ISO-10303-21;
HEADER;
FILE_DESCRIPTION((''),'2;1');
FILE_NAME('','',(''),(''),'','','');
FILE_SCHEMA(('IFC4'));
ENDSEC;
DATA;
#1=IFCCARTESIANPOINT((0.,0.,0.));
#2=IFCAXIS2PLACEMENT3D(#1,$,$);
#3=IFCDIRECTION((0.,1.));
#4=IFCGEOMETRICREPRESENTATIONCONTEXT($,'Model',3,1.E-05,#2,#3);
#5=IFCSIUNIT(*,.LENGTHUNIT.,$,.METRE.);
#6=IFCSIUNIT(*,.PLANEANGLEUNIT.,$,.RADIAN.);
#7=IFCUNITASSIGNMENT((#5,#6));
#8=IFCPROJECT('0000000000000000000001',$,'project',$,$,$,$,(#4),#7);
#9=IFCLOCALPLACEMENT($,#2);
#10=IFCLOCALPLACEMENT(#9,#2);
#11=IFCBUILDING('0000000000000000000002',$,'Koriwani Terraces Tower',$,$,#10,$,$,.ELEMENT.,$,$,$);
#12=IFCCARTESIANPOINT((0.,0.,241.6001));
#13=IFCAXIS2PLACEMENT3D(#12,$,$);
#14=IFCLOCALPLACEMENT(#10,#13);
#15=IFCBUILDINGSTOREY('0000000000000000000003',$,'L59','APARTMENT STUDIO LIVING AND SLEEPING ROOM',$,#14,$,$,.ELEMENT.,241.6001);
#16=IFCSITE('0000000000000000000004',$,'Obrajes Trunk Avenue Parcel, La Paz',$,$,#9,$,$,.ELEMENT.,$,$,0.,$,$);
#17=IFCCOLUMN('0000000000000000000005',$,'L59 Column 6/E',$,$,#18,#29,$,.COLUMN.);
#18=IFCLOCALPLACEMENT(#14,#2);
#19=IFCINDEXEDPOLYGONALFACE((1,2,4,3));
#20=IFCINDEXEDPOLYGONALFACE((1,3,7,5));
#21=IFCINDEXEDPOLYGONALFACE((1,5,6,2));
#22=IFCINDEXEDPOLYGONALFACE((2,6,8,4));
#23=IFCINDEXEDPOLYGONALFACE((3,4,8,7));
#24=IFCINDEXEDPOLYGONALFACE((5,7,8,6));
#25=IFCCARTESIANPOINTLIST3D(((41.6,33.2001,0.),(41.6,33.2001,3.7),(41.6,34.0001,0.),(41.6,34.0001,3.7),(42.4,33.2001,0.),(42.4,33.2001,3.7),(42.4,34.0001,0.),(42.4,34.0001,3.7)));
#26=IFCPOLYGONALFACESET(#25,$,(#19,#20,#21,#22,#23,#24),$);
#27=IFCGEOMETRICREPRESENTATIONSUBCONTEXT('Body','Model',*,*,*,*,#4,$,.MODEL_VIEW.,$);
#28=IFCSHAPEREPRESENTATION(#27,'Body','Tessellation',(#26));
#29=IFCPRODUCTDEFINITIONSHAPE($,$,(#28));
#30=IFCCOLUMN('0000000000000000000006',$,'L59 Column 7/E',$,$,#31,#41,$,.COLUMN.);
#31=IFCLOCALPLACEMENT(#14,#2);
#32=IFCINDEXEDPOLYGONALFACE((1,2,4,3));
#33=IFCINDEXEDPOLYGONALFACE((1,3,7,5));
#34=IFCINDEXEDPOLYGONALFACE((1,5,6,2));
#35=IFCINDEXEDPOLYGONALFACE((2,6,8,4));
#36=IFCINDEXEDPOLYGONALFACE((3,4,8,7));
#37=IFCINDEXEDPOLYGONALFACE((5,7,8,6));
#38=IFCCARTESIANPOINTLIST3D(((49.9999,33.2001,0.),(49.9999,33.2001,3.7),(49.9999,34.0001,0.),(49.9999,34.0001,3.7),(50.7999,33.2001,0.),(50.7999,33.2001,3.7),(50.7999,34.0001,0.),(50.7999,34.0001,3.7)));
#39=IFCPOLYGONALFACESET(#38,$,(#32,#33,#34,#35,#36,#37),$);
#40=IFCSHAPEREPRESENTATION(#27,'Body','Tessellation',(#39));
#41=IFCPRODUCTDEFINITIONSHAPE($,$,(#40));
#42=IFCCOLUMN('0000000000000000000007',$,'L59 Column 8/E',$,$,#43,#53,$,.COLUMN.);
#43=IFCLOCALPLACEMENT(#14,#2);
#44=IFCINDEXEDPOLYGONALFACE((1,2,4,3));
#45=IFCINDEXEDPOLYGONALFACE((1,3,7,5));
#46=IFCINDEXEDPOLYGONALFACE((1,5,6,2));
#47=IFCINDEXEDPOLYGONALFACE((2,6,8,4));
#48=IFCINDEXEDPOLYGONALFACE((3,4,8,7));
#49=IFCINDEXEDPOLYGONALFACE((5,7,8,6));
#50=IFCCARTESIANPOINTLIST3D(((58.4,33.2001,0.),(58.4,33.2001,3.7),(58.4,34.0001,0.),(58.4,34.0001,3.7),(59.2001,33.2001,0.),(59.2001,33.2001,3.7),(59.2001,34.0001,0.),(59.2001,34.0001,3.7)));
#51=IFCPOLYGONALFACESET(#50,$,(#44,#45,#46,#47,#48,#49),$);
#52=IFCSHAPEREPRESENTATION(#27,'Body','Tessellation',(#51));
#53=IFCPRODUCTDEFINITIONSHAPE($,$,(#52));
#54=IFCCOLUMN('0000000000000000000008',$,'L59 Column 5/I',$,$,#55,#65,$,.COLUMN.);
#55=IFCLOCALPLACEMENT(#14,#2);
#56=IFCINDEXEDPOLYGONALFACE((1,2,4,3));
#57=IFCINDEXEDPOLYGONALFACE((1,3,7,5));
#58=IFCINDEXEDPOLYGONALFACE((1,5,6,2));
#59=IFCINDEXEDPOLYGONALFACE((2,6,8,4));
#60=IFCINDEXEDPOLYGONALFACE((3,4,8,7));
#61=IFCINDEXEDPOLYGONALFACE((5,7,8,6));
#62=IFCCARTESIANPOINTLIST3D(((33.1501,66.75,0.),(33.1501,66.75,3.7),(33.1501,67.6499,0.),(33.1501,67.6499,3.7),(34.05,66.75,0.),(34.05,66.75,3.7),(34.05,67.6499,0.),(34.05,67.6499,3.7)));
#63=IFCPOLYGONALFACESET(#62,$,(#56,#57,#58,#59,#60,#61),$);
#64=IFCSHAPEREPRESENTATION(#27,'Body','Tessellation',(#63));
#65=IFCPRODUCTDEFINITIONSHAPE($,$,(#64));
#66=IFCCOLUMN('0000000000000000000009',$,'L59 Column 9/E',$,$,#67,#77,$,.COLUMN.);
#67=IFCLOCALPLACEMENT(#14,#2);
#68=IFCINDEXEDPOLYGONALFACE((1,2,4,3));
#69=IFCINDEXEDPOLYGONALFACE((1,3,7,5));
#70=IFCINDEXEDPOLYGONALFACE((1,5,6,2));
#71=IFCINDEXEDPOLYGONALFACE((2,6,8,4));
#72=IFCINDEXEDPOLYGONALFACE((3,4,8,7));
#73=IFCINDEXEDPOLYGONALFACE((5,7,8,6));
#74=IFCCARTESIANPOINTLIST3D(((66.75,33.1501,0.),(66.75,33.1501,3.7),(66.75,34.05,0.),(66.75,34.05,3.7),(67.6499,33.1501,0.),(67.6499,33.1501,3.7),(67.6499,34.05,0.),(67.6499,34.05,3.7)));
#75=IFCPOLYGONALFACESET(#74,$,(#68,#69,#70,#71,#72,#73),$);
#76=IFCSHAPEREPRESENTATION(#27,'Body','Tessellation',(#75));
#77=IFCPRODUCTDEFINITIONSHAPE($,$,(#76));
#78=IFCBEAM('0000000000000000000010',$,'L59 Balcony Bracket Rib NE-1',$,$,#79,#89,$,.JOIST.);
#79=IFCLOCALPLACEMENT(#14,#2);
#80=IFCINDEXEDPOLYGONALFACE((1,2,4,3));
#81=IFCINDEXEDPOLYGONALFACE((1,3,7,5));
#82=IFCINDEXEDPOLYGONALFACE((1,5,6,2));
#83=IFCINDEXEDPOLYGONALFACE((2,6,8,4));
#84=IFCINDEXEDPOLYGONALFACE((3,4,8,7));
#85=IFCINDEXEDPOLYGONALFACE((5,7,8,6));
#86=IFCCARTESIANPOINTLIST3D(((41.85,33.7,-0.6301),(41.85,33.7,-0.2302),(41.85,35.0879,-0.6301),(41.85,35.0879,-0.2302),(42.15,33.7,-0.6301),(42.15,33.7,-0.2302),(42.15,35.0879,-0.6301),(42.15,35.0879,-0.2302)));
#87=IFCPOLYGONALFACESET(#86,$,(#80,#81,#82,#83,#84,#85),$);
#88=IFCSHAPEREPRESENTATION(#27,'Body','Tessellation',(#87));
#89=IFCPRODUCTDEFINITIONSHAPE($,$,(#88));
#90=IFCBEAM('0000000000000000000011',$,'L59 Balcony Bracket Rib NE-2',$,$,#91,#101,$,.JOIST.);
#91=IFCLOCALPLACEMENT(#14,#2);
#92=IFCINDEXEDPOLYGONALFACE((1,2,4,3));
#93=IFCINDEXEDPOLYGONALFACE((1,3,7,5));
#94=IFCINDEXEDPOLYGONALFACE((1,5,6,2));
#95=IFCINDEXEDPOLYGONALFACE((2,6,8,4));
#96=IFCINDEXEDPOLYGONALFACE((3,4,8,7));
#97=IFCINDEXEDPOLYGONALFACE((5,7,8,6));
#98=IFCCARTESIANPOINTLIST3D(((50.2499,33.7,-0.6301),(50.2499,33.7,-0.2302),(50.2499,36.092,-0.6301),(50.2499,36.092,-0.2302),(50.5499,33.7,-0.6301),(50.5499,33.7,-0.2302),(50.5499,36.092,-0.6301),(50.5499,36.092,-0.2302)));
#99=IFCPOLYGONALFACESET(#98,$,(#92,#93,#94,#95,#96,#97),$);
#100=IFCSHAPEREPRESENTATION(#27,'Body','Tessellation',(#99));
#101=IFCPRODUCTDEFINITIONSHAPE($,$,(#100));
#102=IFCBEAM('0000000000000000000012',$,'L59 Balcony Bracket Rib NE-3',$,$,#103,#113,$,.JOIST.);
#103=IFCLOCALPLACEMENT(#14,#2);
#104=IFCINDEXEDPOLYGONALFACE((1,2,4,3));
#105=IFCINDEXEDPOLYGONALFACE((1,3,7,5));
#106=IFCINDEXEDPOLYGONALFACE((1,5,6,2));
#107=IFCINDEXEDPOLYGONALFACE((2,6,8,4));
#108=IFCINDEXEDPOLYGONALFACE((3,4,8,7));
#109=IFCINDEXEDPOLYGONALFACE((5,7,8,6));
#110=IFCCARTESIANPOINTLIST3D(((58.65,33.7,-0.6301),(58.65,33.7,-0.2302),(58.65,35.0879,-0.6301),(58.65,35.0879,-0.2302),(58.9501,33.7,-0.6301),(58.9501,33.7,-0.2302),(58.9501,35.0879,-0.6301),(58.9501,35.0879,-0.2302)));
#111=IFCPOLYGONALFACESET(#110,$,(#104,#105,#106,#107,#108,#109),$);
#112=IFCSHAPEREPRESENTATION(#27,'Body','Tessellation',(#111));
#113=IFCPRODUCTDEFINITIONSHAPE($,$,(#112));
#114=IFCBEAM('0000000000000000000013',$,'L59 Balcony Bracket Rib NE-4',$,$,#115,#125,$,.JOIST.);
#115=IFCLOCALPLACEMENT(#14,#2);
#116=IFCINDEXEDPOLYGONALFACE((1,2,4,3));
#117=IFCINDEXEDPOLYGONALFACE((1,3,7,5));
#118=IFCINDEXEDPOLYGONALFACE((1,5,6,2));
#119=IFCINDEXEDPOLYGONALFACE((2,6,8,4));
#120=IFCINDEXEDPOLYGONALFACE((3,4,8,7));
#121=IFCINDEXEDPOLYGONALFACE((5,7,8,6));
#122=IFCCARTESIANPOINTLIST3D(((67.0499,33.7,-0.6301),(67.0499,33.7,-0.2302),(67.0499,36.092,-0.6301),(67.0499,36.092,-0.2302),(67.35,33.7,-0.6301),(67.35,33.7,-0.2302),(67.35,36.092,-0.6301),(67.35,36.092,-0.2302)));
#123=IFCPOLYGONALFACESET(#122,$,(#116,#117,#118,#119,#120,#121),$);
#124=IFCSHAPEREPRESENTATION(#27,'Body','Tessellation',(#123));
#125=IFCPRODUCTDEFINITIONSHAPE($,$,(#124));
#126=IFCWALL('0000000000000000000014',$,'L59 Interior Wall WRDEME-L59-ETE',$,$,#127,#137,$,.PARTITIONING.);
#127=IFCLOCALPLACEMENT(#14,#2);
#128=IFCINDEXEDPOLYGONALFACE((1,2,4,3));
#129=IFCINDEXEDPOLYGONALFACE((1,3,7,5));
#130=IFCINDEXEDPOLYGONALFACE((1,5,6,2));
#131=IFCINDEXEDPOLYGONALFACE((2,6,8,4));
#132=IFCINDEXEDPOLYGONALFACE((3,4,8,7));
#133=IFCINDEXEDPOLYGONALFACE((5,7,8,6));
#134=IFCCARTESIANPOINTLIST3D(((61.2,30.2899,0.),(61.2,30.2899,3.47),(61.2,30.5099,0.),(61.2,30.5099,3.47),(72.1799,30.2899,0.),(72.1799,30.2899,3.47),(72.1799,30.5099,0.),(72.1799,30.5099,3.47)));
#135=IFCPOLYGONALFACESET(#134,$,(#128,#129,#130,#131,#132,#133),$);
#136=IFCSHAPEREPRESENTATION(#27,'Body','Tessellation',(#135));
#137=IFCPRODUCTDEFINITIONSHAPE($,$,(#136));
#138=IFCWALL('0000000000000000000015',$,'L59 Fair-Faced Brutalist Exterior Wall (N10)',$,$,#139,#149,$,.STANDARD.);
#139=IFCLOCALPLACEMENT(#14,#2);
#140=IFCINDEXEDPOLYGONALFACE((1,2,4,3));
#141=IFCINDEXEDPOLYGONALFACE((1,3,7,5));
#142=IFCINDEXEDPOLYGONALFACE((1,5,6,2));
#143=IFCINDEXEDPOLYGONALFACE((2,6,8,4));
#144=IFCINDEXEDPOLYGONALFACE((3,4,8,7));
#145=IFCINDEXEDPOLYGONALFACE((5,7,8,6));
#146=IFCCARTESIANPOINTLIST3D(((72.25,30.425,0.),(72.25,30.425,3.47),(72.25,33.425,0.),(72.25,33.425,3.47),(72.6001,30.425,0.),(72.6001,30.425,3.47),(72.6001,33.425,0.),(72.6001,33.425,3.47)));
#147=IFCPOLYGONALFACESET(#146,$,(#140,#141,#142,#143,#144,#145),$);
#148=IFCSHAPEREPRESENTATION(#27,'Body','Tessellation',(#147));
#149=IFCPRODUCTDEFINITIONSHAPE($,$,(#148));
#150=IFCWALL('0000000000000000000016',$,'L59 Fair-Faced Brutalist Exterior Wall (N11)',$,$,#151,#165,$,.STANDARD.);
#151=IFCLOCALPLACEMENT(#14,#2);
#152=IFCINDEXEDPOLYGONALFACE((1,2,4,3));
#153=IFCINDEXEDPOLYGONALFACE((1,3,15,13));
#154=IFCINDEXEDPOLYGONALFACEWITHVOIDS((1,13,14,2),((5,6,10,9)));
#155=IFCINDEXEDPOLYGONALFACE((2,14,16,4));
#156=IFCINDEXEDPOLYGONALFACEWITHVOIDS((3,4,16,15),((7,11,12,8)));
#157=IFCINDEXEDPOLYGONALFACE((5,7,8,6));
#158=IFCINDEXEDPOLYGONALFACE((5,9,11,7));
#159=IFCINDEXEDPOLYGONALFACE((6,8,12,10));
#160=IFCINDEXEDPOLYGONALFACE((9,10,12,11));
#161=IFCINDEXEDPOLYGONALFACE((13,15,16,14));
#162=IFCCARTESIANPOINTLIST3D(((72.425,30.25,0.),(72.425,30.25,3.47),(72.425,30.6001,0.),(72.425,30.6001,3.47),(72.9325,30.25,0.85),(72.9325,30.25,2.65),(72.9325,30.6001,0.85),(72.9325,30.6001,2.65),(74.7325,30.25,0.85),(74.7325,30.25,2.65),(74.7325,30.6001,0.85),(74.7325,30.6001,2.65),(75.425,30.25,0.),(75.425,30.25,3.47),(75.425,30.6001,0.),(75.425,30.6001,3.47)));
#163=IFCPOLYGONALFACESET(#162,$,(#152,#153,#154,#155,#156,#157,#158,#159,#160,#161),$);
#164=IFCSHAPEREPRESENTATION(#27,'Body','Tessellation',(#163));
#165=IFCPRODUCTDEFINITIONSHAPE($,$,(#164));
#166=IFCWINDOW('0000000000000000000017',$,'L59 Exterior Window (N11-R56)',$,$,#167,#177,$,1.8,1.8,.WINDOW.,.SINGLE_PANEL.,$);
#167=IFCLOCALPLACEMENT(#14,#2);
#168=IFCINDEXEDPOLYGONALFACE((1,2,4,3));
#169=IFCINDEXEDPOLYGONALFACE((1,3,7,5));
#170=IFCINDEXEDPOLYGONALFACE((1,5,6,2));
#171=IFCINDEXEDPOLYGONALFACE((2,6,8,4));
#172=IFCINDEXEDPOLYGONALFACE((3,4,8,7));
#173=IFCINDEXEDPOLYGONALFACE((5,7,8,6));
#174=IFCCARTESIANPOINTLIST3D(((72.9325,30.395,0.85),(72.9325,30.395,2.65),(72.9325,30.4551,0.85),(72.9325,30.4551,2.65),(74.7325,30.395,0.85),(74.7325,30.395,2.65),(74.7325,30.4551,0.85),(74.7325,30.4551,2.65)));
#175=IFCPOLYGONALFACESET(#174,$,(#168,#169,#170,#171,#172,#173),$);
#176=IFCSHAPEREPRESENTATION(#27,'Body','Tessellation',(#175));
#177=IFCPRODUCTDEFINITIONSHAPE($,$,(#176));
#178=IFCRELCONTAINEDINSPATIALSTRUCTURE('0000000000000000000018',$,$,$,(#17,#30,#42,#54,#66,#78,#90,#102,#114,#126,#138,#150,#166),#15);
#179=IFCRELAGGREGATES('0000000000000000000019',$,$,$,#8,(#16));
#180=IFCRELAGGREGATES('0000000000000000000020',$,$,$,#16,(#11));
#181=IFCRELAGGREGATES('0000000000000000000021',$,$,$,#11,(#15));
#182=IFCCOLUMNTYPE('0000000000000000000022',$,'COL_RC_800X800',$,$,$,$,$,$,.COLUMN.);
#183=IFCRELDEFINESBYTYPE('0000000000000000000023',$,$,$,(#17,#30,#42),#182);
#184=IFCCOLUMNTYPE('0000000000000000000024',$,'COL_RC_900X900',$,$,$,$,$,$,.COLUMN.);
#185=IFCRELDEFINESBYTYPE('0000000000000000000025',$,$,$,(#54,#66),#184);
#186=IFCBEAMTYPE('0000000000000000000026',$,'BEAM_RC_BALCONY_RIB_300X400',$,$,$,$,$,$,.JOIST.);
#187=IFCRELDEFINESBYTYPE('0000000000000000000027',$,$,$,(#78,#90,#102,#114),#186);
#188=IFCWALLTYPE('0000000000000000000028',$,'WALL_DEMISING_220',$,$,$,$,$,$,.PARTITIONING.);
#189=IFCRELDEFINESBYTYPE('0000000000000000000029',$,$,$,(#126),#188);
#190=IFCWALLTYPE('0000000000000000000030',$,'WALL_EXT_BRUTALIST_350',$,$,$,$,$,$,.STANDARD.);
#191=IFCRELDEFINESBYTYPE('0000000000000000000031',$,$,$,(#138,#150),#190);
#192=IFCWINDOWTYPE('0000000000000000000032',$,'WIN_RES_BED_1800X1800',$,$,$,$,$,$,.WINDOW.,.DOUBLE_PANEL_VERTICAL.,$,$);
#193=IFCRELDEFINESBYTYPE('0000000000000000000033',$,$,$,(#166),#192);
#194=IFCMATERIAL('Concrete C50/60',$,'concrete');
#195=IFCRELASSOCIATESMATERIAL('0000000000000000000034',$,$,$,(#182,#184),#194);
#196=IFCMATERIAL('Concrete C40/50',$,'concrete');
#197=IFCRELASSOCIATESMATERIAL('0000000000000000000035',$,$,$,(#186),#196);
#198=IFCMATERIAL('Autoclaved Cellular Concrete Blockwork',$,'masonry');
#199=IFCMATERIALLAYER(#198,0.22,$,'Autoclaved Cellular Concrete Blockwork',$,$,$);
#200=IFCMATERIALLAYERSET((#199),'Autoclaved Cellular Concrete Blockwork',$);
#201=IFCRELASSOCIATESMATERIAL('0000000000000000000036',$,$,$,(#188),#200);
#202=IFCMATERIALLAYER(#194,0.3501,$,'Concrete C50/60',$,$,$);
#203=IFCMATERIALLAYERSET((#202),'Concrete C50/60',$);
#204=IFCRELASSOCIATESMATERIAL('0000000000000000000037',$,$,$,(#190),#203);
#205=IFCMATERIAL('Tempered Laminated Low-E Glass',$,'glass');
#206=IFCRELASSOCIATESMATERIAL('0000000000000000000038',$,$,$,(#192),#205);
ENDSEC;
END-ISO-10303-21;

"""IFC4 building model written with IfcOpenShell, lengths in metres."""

from ifc_helpers import new_model, si_unit, direction, frame, frame_2d, origin, origin_2d, place, context, subcontext, project, spatial, rectangle, extrude, material, layer, layer_set, material_profile, profile_set, type_object, element, fill, save


model = new_model("IFC4")

# Units and contexts
model_context = context("Model", 3, precision=1e-05, world=origin(), true_north=direction((0.0, 1.0)))
body_context = subcontext(model_context, "Body", "Model", "MODEL_VIEW")
ifc_project = project(units=[si_unit("LENGTHUNIT", "METRE"), si_unit("PLANEANGLEUNIT", "RADIAN")], contexts=[model_context])

# Site, building, storey
site_placement = place(None, origin())
site = spatial("IfcSite", under=ifc_project, at=site_placement, Name="Obrajes Trunk Avenue Parcel, La Paz", CompositionType="ELEMENT", RefElevation=0.0)
building_placement = place(site_placement, origin())
building = spatial("IfcBuilding", under=site, at=building_placement, Name="Koriwani Terraces Tower", CompositionType="ELEMENT")
storey_placement = place(building_placement, frame((0.0, 0.0, 241.6001)))
storey = spatial("IfcBuildingStorey", under=building, at=storey_placement, Name="L59", Description="APARTMENT STUDIO LIVING AND SLEEPING ROOM", CompositionType="ELEMENT", Elevation=241.6001)

# Columns
ifc_material_1 = material(Name="Concrete C50/60", Category="concrete")
ifc_material_profile_1 = material_profile(ifc_material_1, rectangle(XDim=0.8, YDim=0.8, at=origin_2d()), Name="Concrete C50/60", Category="LoadBearing")
ifc_profile_set_1 = profile_set([ifc_material_profile_1], Name="Concrete C50/60")
column_type_1 = type_object("IfcColumnType", Name="COL_RC_800X800", PredefinedType="COLUMN", material=ifc_profile_set_1)
for number, where, z_axis, x_axis, name in (
    (1, (42.0, 33.6001, 0.0), (0.0, 0.0, 1.0), (1.0, 0.0, 0.0), "L59 Column 6/E"),
    (2, (50.3999, 33.6001, 0.0), (0.0, 0.0, 1.0), (1.0, 0.0, 0.0), "L59 Column 7/E"),
    (3, (58.8, 33.6001, 0.0), (0.0, 0.0, 1.0), (1.0, 0.0, 0.0), "L59 Column 8/E"),
):
    element("IfcColumn", number, at=place(storey_placement, frame(where, z_axis=z_axis, x_axis=x_axis)), inside=storey, type_object=column_type_1, Name=name, PredefinedType="COLUMN", context=body_context, shape_type="SweptSolid", body=[
        extrude(rectangle(XDim=0.8, YDim=0.8, at=origin_2d()), origin(), (0.0, 0.0, 1.0), 3.7),
    ])
ifc_material_profile_2 = material_profile(ifc_material_1, rectangle(XDim=0.8999, YDim=0.8999, at=origin_2d()), Name="Concrete C50/60", Category="LoadBearing")
ifc_profile_set_2 = profile_set([ifc_material_profile_2], Name="Concrete C50/60")
column_type_2 = type_object("IfcColumnType", Name="COL_RC_900X900", PredefinedType="COLUMN", material=ifc_profile_set_2)
for number, where, z_axis, x_axis, name in (
    (4, (33.6001, 67.2, 0.0), (0.0, 0.0, 1.0), (1.0, 0.0, 0.0), "L59 Column 5/I"),
    (5, (67.2, 33.6001, 0.0), (0.0, 0.0, 1.0), (1.0, 0.0, 0.0), "L59 Column 9/E"),
):
    element("IfcColumn", number, at=place(storey_placement, frame(where, z_axis=z_axis, x_axis=x_axis)), inside=storey, type_object=column_type_2, Name=name, PredefinedType="COLUMN", context=body_context, shape_type="SweptSolid", body=[
        extrude(rectangle(XDim=0.8999, YDim=0.8999, at=origin_2d()), origin(), (0.0, 0.0, 1.0), 3.7),
    ])

# Beams
ifc_material_2 = material(Name="Concrete C40/50", Category="concrete")
ifc_material_profile_3 = material_profile(ifc_material_2, rectangle(XDim=0.3, YDim=0.3999, at=origin_2d()), Name="Concrete C40/50", Category="LoadBearing")
ifc_profile_set_3 = profile_set([ifc_material_profile_3], Name="Concrete C40/50")
beam_type = type_object("IfcBeamType", Name="BEAM_RC_BALCONY_RIB_300X400", PredefinedType="JOIST", material=ifc_profile_set_3)
beam_1_placement = place(storey_placement, frame((42.0, 33.7, -0.4302), z_axis=(0.0, 1.0, 0.0), x_axis=(-1.0, 0.0, 0.0)))
element("IfcBeam", 6, at=beam_1_placement, inside=storey, type_object=beam_type, Name="L59 Balcony Bracket Rib NE-1", PredefinedType="JOIST", context=body_context, shape_type="SweptSolid", body=[
    extrude(rectangle(XDim=0.3, YDim=0.3999, at=origin_2d()), origin(), (0.0, 0.0, 1.0), 1.3879),
])
beam_2_placement = place(storey_placement, frame((50.3999, 33.7, -0.4302), z_axis=(0.0, 1.0, 0.0), x_axis=(-1.0, 0.0, 0.0)))
element("IfcBeam", 7, at=beam_2_placement, inside=storey, type_object=beam_type, Name="L59 Balcony Bracket Rib NE-2", PredefinedType="JOIST", context=body_context, shape_type="SweptSolid", body=[
    extrude(rectangle(XDim=0.3, YDim=0.3999, at=origin_2d()), origin(), (0.0, 0.0, 1.0), 2.3921),
])
beam_3_placement = place(storey_placement, frame((58.8, 33.7, -0.4302), z_axis=(0.0, 1.0, 0.0), x_axis=(-1.0, 0.0, 0.0)))
element("IfcBeam", 8, at=beam_3_placement, inside=storey, type_object=beam_type, Name="L59 Balcony Bracket Rib NE-3", PredefinedType="JOIST", context=body_context, shape_type="SweptSolid", body=[
    extrude(rectangle(XDim=0.3, YDim=0.3999, at=origin_2d()), origin(), (0.0, 0.0, 1.0), 1.3879),
])
beam_4_placement = place(storey_placement, frame((67.2, 33.7, -0.4302), z_axis=(0.0, 1.0, 0.0), x_axis=(-1.0, 0.0, 0.0)))
element("IfcBeam", 9, at=beam_4_placement, inside=storey, type_object=beam_type, Name="L59 Balcony Bracket Rib NE-4", PredefinedType="JOIST", context=body_context, shape_type="SweptSolid", body=[
    extrude(rectangle(XDim=0.3, YDim=0.3999, at=origin_2d()), origin(), (0.0, 0.0, 1.0), 2.3921),
])

# Walls
ifc_material_3 = material(Name="Autoclaved Cellular Concrete Blockwork", Category="masonry")
ifc_layer_1 = layer(ifc_material_3, 0.22, Name="Autoclaved Cellular Concrete Blockwork")
ifc_layer_set_1 = layer_set([ifc_layer_1], Name="Autoclaved Cellular Concrete Blockwork")
wall_type_1 = type_object("IfcWallType", Name="WALL_DEMISING_220", PredefinedType="PARTITIONING", material=ifc_layer_set_1)
wall_1_placement = place(storey_placement, frame((61.2, 30.3999, 0.0), z_axis=(0.0, 0.0, 1.0), x_axis=(1.0, 0.0, 0.0)))
element("IfcWall", 10, at=wall_1_placement, inside=storey, type_object=wall_type_1, Name="L59 Interior Wall WRDEME-L59-ETE", PredefinedType="PARTITIONING", context=body_context, shape_type="SweptSolid", body=[
    extrude(rectangle(XDim=10.98, YDim=0.22, at=frame_2d((5.49, 0.0))), origin(), (0.0, 0.0, 1.0), 3.47),
])
ifc_layer_2 = layer(ifc_material_1, 0.3501, Name="Concrete C50/60")
ifc_layer_set_2 = layer_set([ifc_layer_2], Name="Concrete C50/60")
wall_type_2 = type_object("IfcWallType", Name="WALL_EXT_BRUTALIST_350", PredefinedType="STANDARD", material=ifc_layer_set_2)
wall_2_placement = place(storey_placement, frame((72.425, 33.425, 0.0), z_axis=(0.0, 0.0, 1.0), x_axis=(0.0, -1.0, 0.0)))
element("IfcWall", 11, at=wall_2_placement, inside=storey, type_object=wall_type_2, Name="L59 Fair-Faced Brutalist Exterior Wall (N10)", PredefinedType="STANDARD", context=body_context, shape_type="SweptSolid", body=[
    extrude(rectangle(XDim=3.0, YDim=0.3501, at=frame_2d((1.5, 0.0))), origin(), (0.0, 0.0, 1.0), 3.47),
])

# Wall, opening, window
wall_3_placement = place(storey_placement, frame((72.425, 30.425, 0.0), z_axis=(0.0, 0.0, 1.0), x_axis=(1.0, 0.0, 0.0)))
wall_3 = element("IfcWall", 12, at=wall_3_placement, inside=storey, type_object=wall_type_2, Name="L59 Fair-Faced Brutalist Exterior Wall (N11)", PredefinedType="STANDARD", context=body_context, shape_type="SweptSolid", body=[
    extrude(rectangle(XDim=3.0, YDim=0.3501, at=frame_2d((1.5, 0.0))), origin(), (0.0, 0.0, 1.0), 3.47),
])
opening_1_placement = place(wall_3_placement, frame((0.5076, 0.0, 0.8501)))
opening_1 = element("IfcOpeningElement", 13, at=opening_1_placement, cuts=wall_3, PredefinedType="OPENING", context=body_context, shape_type="SweptSolid", body=[
    extrude(rectangle(XDim=1.8, YDim=1.8, at=frame_2d((0.8999, 0.8999))), frame((0.0, 0.1851, 0.0), z_axis=(0.0, -1.0, 0.0), x_axis=(1.0, 0.0, 0.0)), (0.0, 0.0, 1.0), 0.3701),
])
ifc_material_4 = material(Name="Tempered Laminated Low-E Glass", Category="glass")
window_type_1 = type_object("IfcWindowType", Name="WIN_RES_BED_1800X1800", PartitioningType="DOUBLE_PANEL_VERTICAL", PredefinedType="WINDOW", material=ifc_material_4)
window_1_placement = place(opening_1_placement, origin())
window_1 = element("IfcWindow", 14, at=window_1_placement, inside=storey, type_object=window_type_1, Name="L59 Exterior Window (N11-R56)", OverallHeight=1.8, OverallWidth=1.8, PartitioningType="SINGLE_PANEL", PredefinedType="WINDOW", context=body_context, shape_type="SweptSolid", body=[
    extrude(rectangle(XDim=1.8, YDim=1.8, at=frame_2d((0.8999, 0.8999))), frame((0.0, 0.03, 0.0), z_axis=(0.0, -1.0, 0.0), x_axis=(1.0, 0.0, 0.0)), (0.0, 0.0, 1.0), 0.0601),
])
fill(opening_1, window_1)

save(model, "model.ifc")
